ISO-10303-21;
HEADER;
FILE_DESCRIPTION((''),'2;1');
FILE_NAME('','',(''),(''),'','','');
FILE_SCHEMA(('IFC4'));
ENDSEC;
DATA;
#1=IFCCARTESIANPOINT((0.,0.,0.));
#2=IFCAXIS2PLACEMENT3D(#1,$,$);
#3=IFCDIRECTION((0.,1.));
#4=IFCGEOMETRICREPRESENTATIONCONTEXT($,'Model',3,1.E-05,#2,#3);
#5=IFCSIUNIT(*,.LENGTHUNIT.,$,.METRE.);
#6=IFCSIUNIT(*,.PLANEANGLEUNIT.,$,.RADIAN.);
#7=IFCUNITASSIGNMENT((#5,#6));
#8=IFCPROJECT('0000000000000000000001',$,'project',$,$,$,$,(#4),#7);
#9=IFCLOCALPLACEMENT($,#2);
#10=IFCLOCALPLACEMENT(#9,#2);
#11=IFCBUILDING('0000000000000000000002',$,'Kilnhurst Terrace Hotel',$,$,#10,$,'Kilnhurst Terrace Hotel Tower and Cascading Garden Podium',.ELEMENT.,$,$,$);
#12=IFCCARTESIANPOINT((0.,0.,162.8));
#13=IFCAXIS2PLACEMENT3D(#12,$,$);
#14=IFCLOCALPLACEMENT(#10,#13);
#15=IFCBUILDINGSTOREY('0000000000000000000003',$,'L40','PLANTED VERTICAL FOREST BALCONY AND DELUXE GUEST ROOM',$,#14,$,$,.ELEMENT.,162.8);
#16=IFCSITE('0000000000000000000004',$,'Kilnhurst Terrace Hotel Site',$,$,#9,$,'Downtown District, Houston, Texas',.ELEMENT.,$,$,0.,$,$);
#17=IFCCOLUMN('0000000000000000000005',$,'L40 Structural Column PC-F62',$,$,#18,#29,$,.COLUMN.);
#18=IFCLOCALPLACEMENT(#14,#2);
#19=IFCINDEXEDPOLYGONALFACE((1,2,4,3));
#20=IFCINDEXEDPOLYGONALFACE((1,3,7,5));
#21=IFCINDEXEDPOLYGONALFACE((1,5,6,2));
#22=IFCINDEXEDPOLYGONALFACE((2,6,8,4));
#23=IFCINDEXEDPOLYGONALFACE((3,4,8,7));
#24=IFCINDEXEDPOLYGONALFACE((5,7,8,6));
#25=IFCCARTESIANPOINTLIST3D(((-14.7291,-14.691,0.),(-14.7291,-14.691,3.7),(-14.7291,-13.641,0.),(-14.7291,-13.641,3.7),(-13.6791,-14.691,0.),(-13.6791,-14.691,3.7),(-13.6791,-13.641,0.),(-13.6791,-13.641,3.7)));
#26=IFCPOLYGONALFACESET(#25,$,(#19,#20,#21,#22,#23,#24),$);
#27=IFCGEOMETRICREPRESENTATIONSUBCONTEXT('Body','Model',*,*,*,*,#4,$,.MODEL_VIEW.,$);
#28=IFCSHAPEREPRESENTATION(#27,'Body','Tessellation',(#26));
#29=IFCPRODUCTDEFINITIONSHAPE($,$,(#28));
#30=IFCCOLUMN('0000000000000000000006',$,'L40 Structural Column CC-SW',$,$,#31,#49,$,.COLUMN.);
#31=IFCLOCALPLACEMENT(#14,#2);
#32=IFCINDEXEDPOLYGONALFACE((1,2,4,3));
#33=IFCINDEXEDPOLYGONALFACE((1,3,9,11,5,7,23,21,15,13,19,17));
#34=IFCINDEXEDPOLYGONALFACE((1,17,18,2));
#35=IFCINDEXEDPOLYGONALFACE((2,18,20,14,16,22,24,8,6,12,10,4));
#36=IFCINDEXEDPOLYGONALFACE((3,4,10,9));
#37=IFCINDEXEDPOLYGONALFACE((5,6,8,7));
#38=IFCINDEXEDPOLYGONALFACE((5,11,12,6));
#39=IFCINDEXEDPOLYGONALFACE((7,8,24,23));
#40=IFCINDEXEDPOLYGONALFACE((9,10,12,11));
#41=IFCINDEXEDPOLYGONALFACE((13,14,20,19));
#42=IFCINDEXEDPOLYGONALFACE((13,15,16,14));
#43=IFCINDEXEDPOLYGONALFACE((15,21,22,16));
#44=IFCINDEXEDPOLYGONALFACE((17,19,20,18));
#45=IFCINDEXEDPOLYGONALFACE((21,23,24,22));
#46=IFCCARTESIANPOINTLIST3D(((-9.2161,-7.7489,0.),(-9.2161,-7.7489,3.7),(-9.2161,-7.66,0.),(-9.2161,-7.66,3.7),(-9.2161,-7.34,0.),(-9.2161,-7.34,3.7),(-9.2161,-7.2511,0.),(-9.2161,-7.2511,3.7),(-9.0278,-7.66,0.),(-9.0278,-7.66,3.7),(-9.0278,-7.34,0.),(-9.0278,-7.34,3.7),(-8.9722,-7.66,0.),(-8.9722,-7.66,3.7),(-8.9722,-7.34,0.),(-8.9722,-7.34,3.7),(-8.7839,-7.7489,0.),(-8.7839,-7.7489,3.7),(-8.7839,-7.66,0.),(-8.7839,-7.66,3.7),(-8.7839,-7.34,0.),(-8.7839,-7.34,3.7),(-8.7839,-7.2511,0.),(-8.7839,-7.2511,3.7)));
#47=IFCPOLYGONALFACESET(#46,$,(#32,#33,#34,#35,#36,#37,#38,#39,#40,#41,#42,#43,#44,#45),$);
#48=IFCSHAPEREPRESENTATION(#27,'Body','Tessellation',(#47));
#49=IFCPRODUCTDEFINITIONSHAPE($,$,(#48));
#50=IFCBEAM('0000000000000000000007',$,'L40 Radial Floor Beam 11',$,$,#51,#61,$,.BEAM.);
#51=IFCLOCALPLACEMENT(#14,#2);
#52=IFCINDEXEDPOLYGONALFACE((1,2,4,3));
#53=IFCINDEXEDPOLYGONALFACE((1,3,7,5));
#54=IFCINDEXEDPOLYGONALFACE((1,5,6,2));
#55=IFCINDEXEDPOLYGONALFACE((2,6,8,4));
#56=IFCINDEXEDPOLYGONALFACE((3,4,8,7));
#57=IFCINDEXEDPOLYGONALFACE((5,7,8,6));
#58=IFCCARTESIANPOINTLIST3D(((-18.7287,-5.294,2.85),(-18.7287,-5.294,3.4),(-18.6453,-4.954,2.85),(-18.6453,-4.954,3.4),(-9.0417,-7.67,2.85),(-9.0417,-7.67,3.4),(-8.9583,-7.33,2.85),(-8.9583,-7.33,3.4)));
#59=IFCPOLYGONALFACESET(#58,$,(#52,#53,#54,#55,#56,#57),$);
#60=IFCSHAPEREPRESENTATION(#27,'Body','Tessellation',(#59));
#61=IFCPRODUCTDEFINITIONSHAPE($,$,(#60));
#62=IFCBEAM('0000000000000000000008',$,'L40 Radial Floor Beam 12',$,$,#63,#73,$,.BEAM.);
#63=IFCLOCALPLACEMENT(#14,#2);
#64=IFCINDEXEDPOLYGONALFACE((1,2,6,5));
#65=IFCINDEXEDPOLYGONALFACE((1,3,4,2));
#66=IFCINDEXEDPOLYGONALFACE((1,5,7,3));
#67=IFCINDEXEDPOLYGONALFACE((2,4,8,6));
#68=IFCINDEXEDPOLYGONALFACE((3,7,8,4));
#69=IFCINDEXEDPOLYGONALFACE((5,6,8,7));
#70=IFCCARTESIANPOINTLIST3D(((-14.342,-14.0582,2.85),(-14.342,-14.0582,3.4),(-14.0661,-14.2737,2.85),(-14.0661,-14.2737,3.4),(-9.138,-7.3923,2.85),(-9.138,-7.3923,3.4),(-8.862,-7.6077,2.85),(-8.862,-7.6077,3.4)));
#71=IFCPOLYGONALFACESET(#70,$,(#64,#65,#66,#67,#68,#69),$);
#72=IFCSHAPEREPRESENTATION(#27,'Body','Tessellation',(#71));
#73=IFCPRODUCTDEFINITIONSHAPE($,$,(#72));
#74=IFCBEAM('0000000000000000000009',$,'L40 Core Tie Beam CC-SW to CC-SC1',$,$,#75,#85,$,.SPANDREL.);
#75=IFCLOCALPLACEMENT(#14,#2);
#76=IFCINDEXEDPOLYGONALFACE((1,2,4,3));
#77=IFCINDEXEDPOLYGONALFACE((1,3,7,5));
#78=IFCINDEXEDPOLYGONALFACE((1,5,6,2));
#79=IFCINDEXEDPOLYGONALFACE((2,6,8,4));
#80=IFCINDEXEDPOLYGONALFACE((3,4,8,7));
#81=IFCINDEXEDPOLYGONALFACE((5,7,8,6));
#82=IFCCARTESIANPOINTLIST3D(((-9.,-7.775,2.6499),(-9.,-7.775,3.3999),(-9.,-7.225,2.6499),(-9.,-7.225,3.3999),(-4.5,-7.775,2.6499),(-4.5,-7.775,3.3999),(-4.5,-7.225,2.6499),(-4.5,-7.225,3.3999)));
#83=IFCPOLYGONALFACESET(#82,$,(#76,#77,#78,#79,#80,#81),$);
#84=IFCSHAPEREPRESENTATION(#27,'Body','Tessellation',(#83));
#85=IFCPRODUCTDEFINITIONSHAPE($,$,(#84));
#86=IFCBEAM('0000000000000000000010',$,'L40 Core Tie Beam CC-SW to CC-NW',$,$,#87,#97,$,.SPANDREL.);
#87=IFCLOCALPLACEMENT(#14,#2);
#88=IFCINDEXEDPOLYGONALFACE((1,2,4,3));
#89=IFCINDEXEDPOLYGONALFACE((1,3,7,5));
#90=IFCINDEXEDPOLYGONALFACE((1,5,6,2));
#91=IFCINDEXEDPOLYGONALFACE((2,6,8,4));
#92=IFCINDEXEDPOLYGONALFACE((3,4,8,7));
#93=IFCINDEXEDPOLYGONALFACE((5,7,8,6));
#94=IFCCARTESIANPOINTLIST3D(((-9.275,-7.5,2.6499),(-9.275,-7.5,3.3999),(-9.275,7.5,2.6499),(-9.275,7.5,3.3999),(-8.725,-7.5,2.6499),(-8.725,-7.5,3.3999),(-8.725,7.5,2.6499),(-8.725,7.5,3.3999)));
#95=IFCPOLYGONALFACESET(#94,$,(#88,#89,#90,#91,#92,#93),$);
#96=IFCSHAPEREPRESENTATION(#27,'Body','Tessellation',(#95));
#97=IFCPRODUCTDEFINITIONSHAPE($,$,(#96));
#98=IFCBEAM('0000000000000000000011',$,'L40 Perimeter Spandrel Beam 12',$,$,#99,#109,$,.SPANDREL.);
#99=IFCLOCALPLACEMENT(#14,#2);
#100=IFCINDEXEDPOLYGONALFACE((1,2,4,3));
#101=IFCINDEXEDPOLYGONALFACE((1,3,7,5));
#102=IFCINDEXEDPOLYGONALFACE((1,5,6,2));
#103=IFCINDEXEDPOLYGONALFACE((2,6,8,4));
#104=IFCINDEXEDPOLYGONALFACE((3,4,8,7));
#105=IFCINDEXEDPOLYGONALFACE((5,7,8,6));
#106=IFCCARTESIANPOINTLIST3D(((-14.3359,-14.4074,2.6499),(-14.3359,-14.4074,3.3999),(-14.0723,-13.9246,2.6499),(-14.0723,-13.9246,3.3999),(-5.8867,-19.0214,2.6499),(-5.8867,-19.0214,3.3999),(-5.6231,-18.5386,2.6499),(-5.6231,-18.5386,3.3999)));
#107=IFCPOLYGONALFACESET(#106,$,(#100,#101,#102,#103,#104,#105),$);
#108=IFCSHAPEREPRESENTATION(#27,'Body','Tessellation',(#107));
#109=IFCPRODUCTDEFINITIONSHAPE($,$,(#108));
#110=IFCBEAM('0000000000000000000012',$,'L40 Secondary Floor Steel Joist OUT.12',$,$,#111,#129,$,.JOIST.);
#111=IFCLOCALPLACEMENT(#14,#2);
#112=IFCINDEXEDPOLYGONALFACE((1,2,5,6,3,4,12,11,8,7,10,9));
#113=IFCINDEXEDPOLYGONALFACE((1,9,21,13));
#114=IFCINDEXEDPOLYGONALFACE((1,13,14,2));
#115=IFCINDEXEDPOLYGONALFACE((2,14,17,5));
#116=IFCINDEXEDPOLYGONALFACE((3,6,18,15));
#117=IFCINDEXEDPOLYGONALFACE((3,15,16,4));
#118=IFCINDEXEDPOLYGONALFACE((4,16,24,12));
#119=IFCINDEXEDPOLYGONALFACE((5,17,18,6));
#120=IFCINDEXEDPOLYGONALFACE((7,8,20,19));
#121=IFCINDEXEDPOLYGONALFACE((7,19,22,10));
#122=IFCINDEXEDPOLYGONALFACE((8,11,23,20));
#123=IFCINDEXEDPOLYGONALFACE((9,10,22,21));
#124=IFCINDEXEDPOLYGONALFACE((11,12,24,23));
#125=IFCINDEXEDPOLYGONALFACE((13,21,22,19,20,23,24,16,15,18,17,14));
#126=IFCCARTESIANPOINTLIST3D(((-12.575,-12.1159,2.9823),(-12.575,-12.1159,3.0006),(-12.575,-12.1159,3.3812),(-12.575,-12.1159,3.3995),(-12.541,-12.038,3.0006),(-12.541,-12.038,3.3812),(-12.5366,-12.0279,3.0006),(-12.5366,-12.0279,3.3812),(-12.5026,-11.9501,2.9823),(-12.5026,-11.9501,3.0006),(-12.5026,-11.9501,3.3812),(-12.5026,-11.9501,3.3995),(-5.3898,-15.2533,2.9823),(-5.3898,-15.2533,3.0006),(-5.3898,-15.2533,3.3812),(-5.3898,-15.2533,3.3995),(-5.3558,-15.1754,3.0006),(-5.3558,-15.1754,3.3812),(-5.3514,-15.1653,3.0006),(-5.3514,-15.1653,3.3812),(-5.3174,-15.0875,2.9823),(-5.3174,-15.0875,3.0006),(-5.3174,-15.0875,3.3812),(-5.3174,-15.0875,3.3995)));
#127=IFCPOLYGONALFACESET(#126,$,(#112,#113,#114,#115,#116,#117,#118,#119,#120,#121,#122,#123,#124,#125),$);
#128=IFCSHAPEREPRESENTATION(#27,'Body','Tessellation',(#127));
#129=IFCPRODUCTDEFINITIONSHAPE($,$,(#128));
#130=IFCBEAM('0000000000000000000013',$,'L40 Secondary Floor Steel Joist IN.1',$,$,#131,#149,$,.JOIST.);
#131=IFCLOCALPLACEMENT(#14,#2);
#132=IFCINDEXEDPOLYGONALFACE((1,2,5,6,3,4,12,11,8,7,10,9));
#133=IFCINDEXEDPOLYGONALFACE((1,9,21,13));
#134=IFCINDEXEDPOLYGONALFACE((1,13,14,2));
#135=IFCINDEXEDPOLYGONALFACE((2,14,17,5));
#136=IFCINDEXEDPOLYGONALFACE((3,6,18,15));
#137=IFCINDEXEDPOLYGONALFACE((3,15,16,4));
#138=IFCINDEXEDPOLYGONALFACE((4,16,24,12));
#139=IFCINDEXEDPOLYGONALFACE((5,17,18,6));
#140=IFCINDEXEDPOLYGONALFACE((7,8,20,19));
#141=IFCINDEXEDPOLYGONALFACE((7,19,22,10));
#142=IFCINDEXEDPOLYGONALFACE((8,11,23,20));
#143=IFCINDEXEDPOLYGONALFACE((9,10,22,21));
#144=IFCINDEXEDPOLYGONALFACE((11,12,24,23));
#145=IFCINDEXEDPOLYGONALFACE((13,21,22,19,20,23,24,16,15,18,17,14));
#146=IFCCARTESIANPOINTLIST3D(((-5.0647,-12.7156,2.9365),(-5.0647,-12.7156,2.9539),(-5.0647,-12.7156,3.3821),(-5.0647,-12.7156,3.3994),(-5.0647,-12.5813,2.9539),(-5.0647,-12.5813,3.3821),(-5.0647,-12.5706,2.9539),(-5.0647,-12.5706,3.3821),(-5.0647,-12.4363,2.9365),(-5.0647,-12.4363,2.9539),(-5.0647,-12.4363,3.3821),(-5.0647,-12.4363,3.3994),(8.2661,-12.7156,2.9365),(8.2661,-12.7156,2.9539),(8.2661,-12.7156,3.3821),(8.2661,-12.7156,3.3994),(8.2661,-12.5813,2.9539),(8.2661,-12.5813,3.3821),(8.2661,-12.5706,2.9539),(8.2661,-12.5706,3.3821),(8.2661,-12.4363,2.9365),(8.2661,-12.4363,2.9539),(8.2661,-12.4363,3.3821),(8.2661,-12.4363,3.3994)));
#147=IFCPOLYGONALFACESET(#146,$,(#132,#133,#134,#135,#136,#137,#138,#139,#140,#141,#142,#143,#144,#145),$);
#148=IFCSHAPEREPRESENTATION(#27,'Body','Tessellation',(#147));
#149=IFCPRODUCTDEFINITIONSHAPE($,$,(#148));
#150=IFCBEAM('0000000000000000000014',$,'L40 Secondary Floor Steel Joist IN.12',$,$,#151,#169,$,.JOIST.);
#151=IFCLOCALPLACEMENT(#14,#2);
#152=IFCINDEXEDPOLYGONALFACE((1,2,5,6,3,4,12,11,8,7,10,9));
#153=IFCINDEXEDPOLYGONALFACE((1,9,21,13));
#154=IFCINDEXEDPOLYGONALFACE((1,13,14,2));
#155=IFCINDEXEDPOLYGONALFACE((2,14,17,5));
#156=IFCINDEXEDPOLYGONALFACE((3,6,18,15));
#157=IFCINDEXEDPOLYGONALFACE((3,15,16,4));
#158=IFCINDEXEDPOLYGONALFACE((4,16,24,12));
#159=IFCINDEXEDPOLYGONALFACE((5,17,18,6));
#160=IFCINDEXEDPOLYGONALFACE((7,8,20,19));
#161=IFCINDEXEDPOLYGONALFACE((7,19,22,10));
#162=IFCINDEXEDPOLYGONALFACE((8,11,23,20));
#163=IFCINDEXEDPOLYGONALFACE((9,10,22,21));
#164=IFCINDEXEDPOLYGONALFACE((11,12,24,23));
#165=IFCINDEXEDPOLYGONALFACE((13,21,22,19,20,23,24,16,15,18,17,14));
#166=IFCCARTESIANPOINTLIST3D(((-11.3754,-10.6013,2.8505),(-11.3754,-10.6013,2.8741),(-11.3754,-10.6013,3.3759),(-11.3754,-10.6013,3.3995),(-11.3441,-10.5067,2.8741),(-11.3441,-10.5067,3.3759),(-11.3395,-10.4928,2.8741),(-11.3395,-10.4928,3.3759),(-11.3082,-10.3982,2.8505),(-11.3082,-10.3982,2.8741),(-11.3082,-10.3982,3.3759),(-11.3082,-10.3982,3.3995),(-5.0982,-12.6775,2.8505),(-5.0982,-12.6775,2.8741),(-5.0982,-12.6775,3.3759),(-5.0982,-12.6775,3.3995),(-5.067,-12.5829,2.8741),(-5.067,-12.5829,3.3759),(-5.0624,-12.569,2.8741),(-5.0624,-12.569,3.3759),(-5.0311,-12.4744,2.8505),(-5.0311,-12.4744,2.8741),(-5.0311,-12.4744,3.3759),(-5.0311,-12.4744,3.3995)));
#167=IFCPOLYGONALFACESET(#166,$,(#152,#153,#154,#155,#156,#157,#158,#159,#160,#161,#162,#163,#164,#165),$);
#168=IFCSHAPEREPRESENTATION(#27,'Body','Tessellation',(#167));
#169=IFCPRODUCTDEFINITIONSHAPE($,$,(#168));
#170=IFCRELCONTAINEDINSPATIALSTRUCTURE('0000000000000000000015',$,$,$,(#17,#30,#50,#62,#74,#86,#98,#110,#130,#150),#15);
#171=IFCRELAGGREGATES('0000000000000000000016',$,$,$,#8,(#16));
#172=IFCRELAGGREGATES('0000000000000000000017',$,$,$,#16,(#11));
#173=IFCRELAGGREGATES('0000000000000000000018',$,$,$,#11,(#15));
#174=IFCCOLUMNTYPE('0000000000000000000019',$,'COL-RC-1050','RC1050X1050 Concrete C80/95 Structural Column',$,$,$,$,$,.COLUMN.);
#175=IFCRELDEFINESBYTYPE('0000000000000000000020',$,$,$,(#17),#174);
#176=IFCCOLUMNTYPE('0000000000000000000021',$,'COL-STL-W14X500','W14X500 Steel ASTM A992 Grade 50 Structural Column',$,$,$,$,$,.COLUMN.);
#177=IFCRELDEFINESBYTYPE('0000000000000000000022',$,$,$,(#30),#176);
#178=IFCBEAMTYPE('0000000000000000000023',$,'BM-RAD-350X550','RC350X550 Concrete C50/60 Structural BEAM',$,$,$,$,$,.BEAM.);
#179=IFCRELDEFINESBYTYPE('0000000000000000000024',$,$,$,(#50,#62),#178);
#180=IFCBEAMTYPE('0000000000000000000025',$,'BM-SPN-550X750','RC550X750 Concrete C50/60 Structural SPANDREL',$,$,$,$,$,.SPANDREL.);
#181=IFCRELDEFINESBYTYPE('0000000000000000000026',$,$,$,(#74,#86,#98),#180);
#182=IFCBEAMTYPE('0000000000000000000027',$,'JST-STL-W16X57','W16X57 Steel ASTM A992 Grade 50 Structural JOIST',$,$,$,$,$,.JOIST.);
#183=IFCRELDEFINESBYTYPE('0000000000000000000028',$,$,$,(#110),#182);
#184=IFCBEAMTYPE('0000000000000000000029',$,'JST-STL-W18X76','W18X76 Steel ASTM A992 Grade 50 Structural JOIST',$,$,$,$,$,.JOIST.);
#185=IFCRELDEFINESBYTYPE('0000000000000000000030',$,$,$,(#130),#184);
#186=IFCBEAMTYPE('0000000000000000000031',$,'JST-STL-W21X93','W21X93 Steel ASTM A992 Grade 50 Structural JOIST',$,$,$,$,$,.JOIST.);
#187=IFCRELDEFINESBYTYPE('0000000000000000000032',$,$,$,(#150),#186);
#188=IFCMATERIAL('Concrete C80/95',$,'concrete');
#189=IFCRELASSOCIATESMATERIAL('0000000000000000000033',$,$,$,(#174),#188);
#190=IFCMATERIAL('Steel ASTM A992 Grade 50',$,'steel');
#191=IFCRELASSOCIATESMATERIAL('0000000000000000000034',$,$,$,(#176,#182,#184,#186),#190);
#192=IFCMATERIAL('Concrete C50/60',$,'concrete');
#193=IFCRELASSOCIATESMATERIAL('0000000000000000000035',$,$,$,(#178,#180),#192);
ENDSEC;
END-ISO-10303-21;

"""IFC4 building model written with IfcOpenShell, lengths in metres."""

from ifc_helpers import new_model, si_unit, direction, frame, origin, origin_2d, place, context, subcontext, project, spatial, rectangle, i_section, extrude, material, material_profile, profile_set, type_object, element, save


model = new_model("IFC4")

# Units and contexts
model_context = context("Model", 3, precision=1e-05, world=origin(), true_north=direction((0.0, 1.0)))
body_context = subcontext(model_context, "Body", "Model", "MODEL_VIEW")
ifc_project = project(units=[si_unit("LENGTHUNIT", "METRE"), si_unit("PLANEANGLEUNIT", "RADIAN")], contexts=[model_context])

# Site, building, storey
site_placement = place(None, origin())
site = spatial("IfcSite", under=ifc_project, at=site_placement, Name="Kilnhurst Terrace Hotel Site", LongName="Downtown District, Houston, Texas", CompositionType="ELEMENT", RefElevation=0.0)
building_placement = place(site_placement, origin())
building = spatial("IfcBuilding", under=site, at=building_placement, Name="Kilnhurst Terrace Hotel", LongName="Kilnhurst Terrace Hotel Tower and Cascading Garden Podium", CompositionType="ELEMENT")
storey_placement = place(building_placement, frame((0.0, 0.0, 162.8)))
storey = spatial("IfcBuildingStorey", under=building, at=storey_placement, Name="L40", Description="PLANTED VERTICAL FOREST BALCONY AND DELUXE GUEST ROOM", CompositionType="ELEMENT", Elevation=162.8)

# Columns
ifc_material_1 = material(Name="Concrete C80/95", Category="concrete")
ifc_material_profile_1 = material_profile(ifc_material_1, rectangle(XDim=1.05, YDim=1.05, at=origin_2d()), Name="RC1050X1050")
ifc_profile_set_1 = profile_set([ifc_material_profile_1], Name="Concrete C80/95")
column_type_1 = type_object("IfcColumnType", Name="COL-RC-1050", Description="RC1050X1050 Concrete C80/95 Structural Column", PredefinedType="COLUMN", material=ifc_profile_set_1)
column_1_placement = place(storey_placement, frame((-14.2041, -14.166, 0.0), z_axis=(0.0, 0.0, 1.0), x_axis=(1.0, 0.0, 0.0)))
element("IfcColumn", 1, at=column_1_placement, inside=storey, type_object=column_type_1, Name="L40 Structural Column PC-F62", PredefinedType="COLUMN", context=body_context, shape_type="SweptSolid", body=[
    extrude(rectangle(XDim=1.05, YDim=1.05, at=origin_2d()), origin(), (0.0, 0.0, 1.0), 3.7),
])
ifc_material_2 = material(Name="Steel ASTM A992 Grade 50", Category="steel")
ifc_material_profile_2 = material_profile(ifc_material_2, i_section(OverallWidth=0.4321, OverallDepth=0.4978, WebThickness=0.0557, FlangeThickness=0.0889, at=origin_2d()), Name="W14X500")
ifc_profile_set_2 = profile_set([ifc_material_profile_2], Name="Steel ASTM A992 Grade 50")
column_type_2 = type_object("IfcColumnType", Name="COL-STL-W14X500", Description="W14X500 Steel ASTM A992 Grade 50 Structural Column", PredefinedType="COLUMN", material=ifc_profile_set_2)
column_2_placement = place(storey_placement, frame((-9.0, -7.5, 0.0), z_axis=(0.0, 0.0, 1.0), x_axis=(1.0, 0.0, 0.0)))
element("IfcColumn", 2, at=column_2_placement, inside=storey, type_object=column_type_2, Name="L40 Structural Column CC-SW", PredefinedType="COLUMN", context=body_context, shape_type="SweptSolid", body=[
    extrude(i_section(OverallWidth=0.4321, OverallDepth=0.4978, WebThickness=0.0557, FlangeThickness=0.0889, at=origin_2d()), origin(), (0.0, 0.0, 1.0), 3.7),
])

# Beams
ifc_material_3 = material(Name="Concrete C50/60", Category="concrete")
ifc_material_profile_3 = material_profile(ifc_material_3, rectangle(XDim=0.3501, YDim=0.55, at=origin_2d()), Name="RC350X550")
ifc_profile_set_3 = profile_set([ifc_material_profile_3], Name="Concrete C50/60")
beam_type_1 = type_object("IfcBeamType", Name="BM-RAD-350X550", Description="RC350X550 Concrete C50/60 Structural BEAM", PredefinedType="BEAM", material=ifc_profile_set_3)
beam_1_placement = place(storey_placement, frame((-9.0, -7.5, 3.125), z_axis=(-0.971213, 0.238214, 0.0), x_axis=(-0.238214, -0.971213, 0.0)))
element("IfcBeam", 3, at=beam_1_placement, inside=storey, type_object=beam_type_1, Name="L40 Radial Floor Beam 11", PredefinedType="BEAM", context=body_context, shape_type="SweptSolid", body=[
    extrude(rectangle(XDim=0.3501, YDim=0.55, at=origin_2d()), origin(), (0.0, 0.0, 1.0), 9.9741),
])
beam_2_placement = place(storey_placement, frame((-9.0, -7.5, 3.125), z_axis=(-0.615371, -0.788238, 0.0), x_axis=(0.788238, -0.615371, 0.0)))
element("IfcBeam", 4, at=beam_2_placement, inside=storey, type_object=beam_type_1, Name="L40 Radial Floor Beam 12", PredefinedType="BEAM", context=body_context, shape_type="SweptSolid", body=[
    extrude(rectangle(XDim=0.3501, YDim=0.55, at=origin_2d()), origin(), (0.0, 0.0, 1.0), 8.4568),
])
ifc_material_profile_4 = material_profile(ifc_material_3, rectangle(XDim=0.55, YDim=0.75, at=origin_2d()), Name="RC550X750")
ifc_profile_set_4 = profile_set([ifc_material_profile_4], Name="Concrete C50/60")
beam_type_2 = type_object("IfcBeamType", Name="BM-SPN-550X750", Description="RC550X750 Concrete C50/60 Structural SPANDREL", PredefinedType="SPANDREL", material=ifc_profile_set_4)
beam_3_placement = place(storey_placement, frame((-9.0, -7.5, 3.0249), z_axis=(1.0, 0.0, 0.0), x_axis=(0.0, 1.0, 0.0)))
element("IfcBeam", 5, at=beam_3_placement, inside=storey, type_object=beam_type_2, Name="L40 Core Tie Beam CC-SW to CC-SC1", PredefinedType="SPANDREL", context=body_context, shape_type="SweptSolid", body=[
    extrude(rectangle(XDim=0.55, YDim=0.75, at=origin_2d()), origin(), (0.0, 0.0, 1.0), 4.5),
])
beam_4_placement = place(storey_placement, frame((-9.0, -7.5, 3.0249), z_axis=(0.0, 1.0, 0.0), x_axis=(-1.0, 0.0, 0.0)))
element("IfcBeam", 6, at=beam_4_placement, inside=storey, type_object=beam_type_2, Name="L40 Core Tie Beam CC-SW to CC-NW", PredefinedType="SPANDREL", context=body_context, shape_type="SweptSolid", body=[
    extrude(rectangle(XDim=0.55, YDim=0.75, at=origin_2d()), origin(), (0.0, 0.0, 1.0), 15.0),
])
beam_5_placement = place(storey_placement, frame((-14.2041, -14.166, 3.0249), z_axis=(0.877662, -0.47928, 0.0), x_axis=(0.47928, 0.877662, 0.0)))
element("IfcBeam", 7, at=beam_5_placement, inside=storey, type_object=beam_type_2, Name="L40 Perimeter Spandrel Beam 12", PredefinedType="SPANDREL", context=body_context, shape_type="SweptSolid", body=[
    extrude(rectangle(XDim=0.55, YDim=0.75, at=origin_2d()), origin(), (0.0, 0.0, 1.0), 9.627),
])
ifc_material_profile_5 = material_profile(ifc_material_2, i_section(OverallWidth=0.1809, OverallDepth=0.4172, WebThickness=0.011, FlangeThickness=0.0183, at=origin_2d()), Name="W16X57")
ifc_profile_set_5 = profile_set([ifc_material_profile_5], Name="Steel ASTM A992 Grade 50")
beam_type_3 = type_object("IfcBeamType", Name="JST-STL-W16X57", Description="W16X57 Steel ASTM A992 Grade 50 Structural JOIST", PredefinedType="JOIST", material=ifc_profile_set_5)
beam_6_placement = place(storey_placement, frame((-12.5388, -12.033, 3.1909), z_axis=(0.916444, -0.400164, 0.0), x_axis=(0.400164, 0.916444, 0.0)))
element("IfcBeam", 8, at=beam_6_placement, inside=storey, type_object=beam_type_3, Name="L40 Secondary Floor Steel Joist OUT.12", PredefinedType="JOIST", context=body_context, shape_type="SweptSolid", body=[
    extrude(i_section(OverallWidth=0.1809, OverallDepth=0.4172, WebThickness=0.011, FlangeThickness=0.0183, at=origin_2d()), origin(), (0.0, 0.0, 1.0), 7.8403),
])
ifc_material_profile_6 = material_profile(ifc_material_2, i_section(OverallWidth=0.2793, OverallDepth=0.4629, WebThickness=0.0107, FlangeThickness=0.0173, at=origin_2d()), Name="W18X76")
ifc_profile_set_6 = profile_set([ifc_material_profile_6], Name="Steel ASTM A992 Grade 50")
beam_type_4 = type_object("IfcBeamType", Name="JST-STL-W18X76", Description="W18X76 Steel ASTM A992 Grade 50 Structural JOIST", PredefinedType="JOIST", material=ifc_profile_set_6)
beam_7_placement = place(storey_placement, frame((-5.0647, -12.5759, 3.168), z_axis=(1.0, 0.0, 0.0), x_axis=(0.0, 1.0, 0.0)))
element("IfcBeam", 9, at=beam_7_placement, inside=storey, type_object=beam_type_4, Name="L40 Secondary Floor Steel Joist IN.1", PredefinedType="JOIST", context=body_context, shape_type="SweptSolid", body=[
    extrude(i_section(OverallWidth=0.2793, OverallDepth=0.4629, WebThickness=0.0107, FlangeThickness=0.0173, at=origin_2d()), origin(), (0.0, 0.0, 1.0), 13.3308),
])
ifc_material_profile_7 = material_profile(ifc_material_2, i_section(OverallWidth=0.2139, OverallDepth=0.5491, WebThickness=0.0146, FlangeThickness=0.0237, at=origin_2d()), Name="W21X93")
ifc_profile_set_7 = profile_set([ifc_material_profile_7], Name="Steel ASTM A992 Grade 50")
beam_type_5 = type_object("IfcBeamType", Name="JST-STL-W21X93", Description="W21X93 Steel ASTM A992 Grade 50 Structural JOIST", PredefinedType="JOIST", material=ifc_profile_set_7)
beam_8_placement = place(storey_placement, frame((-11.3418, -10.4998, 3.125), z_axis=(0.949416, -0.314022, 0.0), x_axis=(0.314022, 0.949416, 0.0)))
element("IfcBeam", 10, at=beam_8_placement, inside=storey, type_object=beam_type_5, Name="L40 Secondary Floor Steel Joist IN.12", PredefinedType="JOIST", context=body_context, shape_type="SweptSolid", body=[
    extrude(i_section(OverallWidth=0.2139, OverallDepth=0.5491, WebThickness=0.0146, FlangeThickness=0.0237, at=origin_2d()), origin(), (0.0, 0.0, 1.0), 6.6116),
])

save(model, "model.ifc")
